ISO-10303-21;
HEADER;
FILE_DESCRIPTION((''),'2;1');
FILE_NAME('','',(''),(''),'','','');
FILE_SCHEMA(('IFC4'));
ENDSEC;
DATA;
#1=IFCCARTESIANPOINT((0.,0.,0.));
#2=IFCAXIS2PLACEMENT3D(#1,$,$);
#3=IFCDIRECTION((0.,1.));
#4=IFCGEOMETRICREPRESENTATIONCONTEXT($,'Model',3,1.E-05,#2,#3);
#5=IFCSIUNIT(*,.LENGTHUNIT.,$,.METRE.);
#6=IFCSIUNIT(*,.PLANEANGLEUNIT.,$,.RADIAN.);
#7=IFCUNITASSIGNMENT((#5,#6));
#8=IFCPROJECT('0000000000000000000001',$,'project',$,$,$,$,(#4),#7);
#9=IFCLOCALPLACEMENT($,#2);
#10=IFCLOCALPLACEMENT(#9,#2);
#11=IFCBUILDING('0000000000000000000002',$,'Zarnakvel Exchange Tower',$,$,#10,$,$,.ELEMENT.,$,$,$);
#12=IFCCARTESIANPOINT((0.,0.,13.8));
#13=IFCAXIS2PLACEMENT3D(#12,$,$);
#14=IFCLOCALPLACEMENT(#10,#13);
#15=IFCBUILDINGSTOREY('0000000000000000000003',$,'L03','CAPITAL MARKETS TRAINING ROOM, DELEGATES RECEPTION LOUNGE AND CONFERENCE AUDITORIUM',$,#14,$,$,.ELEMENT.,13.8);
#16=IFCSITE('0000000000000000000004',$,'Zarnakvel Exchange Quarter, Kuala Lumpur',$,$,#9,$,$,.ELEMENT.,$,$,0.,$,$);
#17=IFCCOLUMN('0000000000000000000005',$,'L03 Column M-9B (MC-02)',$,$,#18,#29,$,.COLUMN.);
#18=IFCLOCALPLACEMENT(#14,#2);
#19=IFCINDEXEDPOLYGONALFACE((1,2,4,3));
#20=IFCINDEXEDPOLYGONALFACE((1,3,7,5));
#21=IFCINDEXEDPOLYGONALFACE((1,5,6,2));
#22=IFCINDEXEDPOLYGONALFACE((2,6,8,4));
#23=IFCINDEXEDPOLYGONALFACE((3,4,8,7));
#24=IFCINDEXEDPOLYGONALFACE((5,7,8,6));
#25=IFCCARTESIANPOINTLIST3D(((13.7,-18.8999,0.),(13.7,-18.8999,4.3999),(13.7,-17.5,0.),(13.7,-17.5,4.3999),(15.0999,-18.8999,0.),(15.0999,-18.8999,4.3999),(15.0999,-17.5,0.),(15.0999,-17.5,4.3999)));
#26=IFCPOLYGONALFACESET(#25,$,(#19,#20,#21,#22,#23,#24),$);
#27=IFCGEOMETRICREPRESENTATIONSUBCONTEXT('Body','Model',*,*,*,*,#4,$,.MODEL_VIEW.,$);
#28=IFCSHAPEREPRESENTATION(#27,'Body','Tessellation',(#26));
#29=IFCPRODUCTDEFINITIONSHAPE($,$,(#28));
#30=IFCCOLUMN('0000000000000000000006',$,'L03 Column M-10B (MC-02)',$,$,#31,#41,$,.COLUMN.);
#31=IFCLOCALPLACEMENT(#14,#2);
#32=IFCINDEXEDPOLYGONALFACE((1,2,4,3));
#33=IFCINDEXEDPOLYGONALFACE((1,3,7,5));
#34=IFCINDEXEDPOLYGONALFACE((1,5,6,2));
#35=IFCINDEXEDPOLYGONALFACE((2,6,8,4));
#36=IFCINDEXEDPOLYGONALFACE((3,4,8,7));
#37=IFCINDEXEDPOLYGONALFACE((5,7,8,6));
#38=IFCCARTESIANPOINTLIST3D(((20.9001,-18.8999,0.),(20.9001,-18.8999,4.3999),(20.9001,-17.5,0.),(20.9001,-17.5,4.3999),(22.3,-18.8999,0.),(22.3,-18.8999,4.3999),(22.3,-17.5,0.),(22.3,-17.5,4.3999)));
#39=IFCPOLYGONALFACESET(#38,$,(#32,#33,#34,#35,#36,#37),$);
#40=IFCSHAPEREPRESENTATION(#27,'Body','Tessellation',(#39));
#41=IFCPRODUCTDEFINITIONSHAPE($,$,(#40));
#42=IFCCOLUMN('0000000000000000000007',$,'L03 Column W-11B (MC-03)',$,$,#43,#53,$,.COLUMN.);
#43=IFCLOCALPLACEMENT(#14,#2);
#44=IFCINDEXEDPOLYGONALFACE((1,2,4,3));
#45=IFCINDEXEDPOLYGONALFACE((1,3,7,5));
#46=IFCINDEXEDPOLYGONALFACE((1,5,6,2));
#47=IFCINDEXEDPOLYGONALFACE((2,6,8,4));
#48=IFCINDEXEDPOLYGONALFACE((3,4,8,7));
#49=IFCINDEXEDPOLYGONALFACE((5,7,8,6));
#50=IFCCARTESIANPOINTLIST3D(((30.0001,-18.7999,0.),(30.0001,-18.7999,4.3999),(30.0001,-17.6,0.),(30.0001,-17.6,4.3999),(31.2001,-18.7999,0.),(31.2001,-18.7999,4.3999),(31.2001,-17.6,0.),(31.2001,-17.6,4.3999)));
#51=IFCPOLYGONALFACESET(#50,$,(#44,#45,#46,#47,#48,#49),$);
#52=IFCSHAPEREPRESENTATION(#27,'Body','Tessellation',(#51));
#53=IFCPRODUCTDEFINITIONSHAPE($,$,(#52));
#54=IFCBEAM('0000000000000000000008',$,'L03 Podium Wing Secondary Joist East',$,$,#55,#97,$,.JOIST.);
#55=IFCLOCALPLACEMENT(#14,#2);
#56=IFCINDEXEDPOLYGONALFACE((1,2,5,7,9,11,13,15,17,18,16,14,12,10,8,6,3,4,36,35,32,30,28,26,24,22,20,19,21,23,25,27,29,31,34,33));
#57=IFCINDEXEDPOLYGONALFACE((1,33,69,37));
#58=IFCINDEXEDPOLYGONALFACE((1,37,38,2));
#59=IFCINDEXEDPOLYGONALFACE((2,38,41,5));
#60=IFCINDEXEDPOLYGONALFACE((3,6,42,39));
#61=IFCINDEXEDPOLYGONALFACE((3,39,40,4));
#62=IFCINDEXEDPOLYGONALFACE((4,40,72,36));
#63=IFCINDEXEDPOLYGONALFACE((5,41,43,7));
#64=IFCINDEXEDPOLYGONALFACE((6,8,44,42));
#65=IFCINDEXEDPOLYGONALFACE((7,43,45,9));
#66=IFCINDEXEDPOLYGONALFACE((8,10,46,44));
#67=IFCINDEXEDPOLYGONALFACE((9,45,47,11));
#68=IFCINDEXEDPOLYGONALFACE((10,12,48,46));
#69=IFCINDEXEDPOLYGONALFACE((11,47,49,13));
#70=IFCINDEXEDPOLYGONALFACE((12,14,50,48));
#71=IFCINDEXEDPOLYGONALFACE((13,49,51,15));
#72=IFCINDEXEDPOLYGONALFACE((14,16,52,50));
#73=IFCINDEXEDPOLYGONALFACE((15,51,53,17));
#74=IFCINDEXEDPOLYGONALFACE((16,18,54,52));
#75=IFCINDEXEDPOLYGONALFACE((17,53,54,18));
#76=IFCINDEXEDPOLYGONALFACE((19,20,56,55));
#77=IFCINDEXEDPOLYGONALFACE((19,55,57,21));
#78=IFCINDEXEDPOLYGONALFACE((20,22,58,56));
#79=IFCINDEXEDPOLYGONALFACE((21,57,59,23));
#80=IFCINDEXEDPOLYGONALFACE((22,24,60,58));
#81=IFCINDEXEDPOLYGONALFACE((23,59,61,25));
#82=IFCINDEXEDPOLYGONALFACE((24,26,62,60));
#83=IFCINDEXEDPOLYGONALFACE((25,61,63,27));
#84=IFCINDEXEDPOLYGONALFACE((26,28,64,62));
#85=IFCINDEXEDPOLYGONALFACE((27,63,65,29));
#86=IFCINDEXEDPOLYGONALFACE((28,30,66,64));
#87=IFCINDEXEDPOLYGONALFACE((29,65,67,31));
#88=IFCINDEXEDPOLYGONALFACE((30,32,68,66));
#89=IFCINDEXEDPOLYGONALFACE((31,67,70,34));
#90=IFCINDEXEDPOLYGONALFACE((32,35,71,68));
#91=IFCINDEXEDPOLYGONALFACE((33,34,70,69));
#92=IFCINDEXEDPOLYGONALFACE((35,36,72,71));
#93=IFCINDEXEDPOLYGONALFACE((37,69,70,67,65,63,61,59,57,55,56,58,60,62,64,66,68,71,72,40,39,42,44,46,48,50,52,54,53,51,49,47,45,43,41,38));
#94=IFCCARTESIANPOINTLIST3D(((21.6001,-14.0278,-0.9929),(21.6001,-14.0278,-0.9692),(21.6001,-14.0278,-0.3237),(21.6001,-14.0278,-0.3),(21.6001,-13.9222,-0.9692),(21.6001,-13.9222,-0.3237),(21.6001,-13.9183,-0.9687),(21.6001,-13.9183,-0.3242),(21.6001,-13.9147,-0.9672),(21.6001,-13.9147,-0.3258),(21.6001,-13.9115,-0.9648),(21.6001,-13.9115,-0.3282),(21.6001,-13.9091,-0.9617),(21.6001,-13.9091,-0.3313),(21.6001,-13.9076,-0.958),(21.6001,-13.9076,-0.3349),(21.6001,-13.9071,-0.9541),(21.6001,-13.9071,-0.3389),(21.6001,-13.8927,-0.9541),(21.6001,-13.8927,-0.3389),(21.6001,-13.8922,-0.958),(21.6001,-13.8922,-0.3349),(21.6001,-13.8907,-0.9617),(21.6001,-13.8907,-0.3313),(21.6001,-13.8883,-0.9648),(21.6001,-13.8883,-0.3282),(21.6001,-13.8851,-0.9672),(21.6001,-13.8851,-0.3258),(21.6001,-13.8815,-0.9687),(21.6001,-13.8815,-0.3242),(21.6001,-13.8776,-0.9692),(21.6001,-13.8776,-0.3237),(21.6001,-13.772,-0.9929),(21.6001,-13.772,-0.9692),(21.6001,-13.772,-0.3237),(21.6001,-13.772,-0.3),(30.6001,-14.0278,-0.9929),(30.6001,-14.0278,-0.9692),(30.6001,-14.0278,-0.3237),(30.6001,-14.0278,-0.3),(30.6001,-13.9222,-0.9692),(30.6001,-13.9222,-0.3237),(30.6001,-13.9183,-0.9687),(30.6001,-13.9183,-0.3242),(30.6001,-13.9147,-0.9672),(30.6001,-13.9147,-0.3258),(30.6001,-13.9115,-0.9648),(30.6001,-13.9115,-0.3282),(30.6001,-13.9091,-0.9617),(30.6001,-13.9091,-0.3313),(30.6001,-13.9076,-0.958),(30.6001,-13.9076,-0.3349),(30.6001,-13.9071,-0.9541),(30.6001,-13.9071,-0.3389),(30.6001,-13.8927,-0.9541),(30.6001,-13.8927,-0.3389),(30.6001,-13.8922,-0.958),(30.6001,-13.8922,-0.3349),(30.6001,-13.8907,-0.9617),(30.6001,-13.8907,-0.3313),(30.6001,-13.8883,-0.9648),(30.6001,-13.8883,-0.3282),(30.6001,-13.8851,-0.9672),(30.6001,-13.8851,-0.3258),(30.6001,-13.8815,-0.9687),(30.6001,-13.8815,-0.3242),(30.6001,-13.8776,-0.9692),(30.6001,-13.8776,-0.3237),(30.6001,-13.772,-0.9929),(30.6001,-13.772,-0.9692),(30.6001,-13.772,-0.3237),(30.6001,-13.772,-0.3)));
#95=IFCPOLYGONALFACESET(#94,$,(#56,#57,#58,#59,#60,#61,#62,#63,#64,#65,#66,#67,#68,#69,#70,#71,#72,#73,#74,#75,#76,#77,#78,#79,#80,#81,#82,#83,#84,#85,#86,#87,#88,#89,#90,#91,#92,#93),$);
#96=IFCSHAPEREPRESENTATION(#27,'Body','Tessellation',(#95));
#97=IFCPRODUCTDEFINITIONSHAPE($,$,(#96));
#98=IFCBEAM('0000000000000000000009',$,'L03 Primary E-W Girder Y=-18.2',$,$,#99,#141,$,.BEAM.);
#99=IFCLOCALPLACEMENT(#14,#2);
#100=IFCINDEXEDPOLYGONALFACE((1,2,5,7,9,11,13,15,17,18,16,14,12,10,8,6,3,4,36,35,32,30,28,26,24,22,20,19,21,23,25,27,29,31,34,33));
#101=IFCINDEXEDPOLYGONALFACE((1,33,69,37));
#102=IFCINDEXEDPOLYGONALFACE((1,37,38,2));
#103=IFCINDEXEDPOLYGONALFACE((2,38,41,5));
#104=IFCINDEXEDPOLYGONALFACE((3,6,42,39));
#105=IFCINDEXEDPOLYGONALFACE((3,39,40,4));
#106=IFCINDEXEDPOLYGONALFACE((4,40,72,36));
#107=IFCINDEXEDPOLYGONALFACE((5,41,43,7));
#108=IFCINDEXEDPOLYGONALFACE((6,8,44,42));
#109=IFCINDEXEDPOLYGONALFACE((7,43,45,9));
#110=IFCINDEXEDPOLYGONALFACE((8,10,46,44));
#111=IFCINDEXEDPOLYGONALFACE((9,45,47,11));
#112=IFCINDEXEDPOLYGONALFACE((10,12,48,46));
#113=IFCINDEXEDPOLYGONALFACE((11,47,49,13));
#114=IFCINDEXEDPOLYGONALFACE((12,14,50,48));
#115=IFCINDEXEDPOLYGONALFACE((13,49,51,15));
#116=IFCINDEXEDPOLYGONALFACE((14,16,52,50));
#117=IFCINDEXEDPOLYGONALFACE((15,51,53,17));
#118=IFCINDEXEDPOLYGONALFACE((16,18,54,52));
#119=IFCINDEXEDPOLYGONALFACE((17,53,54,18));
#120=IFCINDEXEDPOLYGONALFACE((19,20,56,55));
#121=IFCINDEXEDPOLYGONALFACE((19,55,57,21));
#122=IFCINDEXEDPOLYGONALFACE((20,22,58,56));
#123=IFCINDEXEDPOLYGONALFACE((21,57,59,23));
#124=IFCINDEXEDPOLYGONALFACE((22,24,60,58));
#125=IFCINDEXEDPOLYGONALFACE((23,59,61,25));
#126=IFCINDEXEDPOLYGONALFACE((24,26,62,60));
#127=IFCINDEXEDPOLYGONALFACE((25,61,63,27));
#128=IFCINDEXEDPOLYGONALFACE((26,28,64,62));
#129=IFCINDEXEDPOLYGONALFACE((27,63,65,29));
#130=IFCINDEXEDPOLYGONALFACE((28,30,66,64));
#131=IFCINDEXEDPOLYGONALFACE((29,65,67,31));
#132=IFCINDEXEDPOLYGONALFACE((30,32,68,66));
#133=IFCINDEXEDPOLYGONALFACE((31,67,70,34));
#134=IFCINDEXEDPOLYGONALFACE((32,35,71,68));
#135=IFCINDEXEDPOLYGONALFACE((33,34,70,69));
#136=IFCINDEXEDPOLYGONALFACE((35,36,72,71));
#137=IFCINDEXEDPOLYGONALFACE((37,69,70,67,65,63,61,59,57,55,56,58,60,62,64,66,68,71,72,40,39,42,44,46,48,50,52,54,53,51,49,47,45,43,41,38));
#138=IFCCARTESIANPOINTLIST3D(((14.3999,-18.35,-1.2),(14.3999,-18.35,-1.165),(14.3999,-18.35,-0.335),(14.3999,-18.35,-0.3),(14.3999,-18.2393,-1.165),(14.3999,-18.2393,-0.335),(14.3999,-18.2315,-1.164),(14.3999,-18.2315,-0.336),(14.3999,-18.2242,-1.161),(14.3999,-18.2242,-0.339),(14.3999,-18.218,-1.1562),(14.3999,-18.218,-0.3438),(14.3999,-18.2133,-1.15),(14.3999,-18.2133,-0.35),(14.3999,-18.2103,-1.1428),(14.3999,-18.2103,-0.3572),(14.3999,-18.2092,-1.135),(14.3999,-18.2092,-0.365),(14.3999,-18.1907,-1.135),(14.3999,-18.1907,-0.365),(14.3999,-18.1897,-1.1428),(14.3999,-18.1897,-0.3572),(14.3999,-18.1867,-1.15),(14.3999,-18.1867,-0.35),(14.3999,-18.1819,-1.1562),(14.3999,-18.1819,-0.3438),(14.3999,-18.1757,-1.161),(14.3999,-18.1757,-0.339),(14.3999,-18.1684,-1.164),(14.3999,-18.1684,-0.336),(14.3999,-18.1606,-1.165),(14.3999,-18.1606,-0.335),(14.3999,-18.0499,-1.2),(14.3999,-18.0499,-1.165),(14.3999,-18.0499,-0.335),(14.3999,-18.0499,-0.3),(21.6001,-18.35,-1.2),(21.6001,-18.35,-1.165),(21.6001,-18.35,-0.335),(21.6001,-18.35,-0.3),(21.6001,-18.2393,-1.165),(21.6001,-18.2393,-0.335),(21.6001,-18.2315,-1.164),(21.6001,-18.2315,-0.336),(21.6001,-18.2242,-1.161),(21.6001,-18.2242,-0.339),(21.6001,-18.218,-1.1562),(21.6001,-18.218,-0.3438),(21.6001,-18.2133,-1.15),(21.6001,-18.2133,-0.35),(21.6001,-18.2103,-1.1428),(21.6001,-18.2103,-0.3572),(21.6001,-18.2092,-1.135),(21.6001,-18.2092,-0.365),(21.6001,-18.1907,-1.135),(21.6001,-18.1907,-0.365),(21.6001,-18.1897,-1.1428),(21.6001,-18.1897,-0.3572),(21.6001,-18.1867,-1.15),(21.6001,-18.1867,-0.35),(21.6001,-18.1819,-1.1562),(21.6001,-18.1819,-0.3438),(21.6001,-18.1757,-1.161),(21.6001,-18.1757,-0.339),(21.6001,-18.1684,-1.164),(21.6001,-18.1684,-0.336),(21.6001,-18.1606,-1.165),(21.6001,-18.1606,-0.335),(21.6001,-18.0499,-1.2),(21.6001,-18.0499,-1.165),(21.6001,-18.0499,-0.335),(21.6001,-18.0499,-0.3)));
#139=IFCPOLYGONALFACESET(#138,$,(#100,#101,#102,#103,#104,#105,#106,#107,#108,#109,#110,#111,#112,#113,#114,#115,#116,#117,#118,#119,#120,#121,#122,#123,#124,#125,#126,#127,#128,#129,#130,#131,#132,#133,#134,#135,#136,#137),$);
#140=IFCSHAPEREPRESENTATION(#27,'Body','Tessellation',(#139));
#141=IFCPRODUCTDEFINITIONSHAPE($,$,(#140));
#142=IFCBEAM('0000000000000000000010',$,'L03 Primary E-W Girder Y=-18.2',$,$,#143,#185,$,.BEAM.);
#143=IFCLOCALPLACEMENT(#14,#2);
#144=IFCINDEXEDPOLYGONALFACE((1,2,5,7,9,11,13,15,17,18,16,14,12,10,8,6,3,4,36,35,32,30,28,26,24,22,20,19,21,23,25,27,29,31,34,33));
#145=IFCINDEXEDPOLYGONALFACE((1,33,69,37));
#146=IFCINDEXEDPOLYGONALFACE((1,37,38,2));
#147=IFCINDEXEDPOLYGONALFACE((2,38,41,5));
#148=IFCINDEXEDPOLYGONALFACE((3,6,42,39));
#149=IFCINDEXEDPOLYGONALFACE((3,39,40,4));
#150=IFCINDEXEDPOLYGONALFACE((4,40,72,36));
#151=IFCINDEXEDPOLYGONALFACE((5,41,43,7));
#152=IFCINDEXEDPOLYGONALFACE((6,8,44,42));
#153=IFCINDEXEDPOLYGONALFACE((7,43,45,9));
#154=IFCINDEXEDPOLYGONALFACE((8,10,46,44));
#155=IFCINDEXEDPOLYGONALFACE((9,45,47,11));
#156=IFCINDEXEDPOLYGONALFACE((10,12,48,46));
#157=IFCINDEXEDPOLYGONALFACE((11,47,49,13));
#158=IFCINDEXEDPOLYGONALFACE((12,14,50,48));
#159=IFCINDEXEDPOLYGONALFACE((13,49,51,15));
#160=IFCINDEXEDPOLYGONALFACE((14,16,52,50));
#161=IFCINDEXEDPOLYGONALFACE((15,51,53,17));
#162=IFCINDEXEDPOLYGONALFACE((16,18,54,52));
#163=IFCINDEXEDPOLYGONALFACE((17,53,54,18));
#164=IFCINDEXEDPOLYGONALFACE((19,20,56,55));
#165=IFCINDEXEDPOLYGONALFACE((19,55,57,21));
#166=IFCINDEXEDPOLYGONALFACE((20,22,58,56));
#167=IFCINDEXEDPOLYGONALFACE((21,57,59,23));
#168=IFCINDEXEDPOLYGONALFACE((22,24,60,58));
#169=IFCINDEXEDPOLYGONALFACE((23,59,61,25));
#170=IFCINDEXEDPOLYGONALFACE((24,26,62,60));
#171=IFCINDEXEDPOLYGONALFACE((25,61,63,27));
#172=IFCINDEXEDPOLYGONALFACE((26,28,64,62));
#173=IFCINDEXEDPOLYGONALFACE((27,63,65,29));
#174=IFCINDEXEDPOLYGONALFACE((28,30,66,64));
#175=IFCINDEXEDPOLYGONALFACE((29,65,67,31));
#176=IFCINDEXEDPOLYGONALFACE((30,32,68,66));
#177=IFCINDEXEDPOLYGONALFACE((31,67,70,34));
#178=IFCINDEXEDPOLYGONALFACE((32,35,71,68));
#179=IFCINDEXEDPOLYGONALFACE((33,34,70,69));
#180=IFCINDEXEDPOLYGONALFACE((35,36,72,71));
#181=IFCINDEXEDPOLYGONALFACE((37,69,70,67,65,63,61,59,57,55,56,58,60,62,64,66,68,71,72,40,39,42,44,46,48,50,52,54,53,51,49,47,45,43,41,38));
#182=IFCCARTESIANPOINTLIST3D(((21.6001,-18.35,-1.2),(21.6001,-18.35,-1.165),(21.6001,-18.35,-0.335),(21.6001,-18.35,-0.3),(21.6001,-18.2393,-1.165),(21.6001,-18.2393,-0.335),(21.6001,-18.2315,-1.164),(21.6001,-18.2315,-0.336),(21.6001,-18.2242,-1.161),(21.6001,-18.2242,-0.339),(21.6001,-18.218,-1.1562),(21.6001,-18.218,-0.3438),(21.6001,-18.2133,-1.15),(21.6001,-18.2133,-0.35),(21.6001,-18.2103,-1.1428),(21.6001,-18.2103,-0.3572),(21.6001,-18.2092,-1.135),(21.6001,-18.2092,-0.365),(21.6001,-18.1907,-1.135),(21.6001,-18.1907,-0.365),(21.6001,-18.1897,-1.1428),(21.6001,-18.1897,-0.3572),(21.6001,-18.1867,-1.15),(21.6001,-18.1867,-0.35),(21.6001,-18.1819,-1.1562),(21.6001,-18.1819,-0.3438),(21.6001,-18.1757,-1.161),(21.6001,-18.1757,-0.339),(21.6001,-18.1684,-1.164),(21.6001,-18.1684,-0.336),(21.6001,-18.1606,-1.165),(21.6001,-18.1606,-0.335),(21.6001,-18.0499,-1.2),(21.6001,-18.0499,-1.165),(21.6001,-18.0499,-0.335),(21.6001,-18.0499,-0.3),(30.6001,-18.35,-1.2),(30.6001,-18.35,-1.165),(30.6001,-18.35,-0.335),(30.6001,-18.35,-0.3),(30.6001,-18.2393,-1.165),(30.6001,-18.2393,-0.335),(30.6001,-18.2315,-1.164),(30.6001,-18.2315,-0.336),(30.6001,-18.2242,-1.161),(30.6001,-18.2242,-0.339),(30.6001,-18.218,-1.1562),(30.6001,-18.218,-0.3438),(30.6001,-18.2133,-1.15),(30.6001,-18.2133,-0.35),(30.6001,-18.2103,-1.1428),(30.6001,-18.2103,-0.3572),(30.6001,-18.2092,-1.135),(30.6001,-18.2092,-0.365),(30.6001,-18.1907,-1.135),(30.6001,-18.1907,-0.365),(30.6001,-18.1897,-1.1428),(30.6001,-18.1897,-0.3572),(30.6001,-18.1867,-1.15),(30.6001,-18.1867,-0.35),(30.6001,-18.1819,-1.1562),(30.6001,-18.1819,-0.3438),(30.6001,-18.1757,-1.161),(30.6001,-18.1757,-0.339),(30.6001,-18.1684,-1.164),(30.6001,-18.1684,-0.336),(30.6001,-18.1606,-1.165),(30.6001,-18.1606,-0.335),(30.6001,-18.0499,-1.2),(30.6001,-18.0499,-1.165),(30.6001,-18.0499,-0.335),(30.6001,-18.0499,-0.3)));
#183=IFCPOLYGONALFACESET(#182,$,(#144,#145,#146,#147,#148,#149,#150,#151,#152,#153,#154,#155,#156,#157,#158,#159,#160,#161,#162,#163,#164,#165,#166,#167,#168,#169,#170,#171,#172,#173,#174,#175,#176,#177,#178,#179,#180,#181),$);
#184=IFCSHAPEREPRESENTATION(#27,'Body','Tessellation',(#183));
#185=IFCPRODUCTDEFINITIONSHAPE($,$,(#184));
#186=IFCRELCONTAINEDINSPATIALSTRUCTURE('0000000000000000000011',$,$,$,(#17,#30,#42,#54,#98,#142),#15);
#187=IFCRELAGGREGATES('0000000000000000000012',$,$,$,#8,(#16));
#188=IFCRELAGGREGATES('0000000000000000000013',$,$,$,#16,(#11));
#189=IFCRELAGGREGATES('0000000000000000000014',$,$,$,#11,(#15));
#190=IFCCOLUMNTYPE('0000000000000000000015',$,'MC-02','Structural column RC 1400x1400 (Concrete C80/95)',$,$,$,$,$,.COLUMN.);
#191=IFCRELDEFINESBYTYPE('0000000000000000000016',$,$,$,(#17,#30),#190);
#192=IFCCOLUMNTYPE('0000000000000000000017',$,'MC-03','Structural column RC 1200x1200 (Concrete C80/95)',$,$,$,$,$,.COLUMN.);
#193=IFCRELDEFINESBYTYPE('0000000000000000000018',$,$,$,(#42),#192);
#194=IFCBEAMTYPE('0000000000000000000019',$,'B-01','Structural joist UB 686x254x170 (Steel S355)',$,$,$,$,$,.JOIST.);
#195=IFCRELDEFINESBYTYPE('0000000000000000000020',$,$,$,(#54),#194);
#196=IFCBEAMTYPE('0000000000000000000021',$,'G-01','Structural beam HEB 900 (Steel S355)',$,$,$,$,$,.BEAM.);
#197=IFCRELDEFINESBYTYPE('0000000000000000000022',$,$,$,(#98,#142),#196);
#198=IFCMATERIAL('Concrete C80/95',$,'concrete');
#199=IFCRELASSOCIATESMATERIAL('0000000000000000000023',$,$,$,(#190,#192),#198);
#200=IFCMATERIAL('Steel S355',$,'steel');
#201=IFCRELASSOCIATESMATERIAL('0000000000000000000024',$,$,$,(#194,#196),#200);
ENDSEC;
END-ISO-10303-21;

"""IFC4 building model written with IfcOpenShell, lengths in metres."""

from ifc_helpers import new_model, si_unit, direction, frame, origin, origin_2d, place, context, subcontext, project, spatial, rectangle, i_section, extrude, material, material_profile, profile_set, type_object, element, save


model = new_model("IFC4")

# Units and contexts
model_context = context("Model", 3, precision=1e-05, world=origin(), true_north=direction((0.0, 1.0)))
body_context = subcontext(model_context, "Body", "Model", "MODEL_VIEW")
ifc_project = project(units=[si_unit("LENGTHUNIT", "METRE"), si_unit("PLANEANGLEUNIT", "RADIAN")], contexts=[model_context])

# Site, building, storey
site_placement = place(None, origin())
site = spatial("IfcSite", under=ifc_project, at=site_placement, Name="Zarnakvel Exchange Quarter, Kuala Lumpur", CompositionType="ELEMENT", RefElevation=0.0)
building_placement = place(site_placement, origin())
building = spatial("IfcBuilding", under=site, at=building_placement, Name="Zarnakvel Exchange Tower", CompositionType="ELEMENT")
storey_placement = place(building_placement, frame((0.0, 0.0, 13.8)))
storey = spatial("IfcBuildingStorey", under=building, at=storey_placement, Name="L03", Description="CAPITAL MARKETS TRAINING ROOM, DELEGATES RECEPTION LOUNGE AND CONFERENCE AUDITORIUM", CompositionType="ELEMENT", Elevation=13.8)

# Columns
ifc_material_1 = material(Name="Concrete C80/95", Category="concrete")
ifc_material_profile_1 = material_profile(ifc_material_1, rectangle(XDim=1.3999, YDim=1.3999, at=origin_2d()))
ifc_profile_set_1 = profile_set([ifc_material_profile_1], Name="Concrete C80/95")
column_type_1 = type_object("IfcColumnType", Name="MC-02", Description="Structural column RC 1400x1400 (Concrete C80/95)", PredefinedType="COLUMN", material=ifc_profile_set_1)
for number, where, z_axis, x_axis, name in (
    (1, (14.3999, -18.2, 0.0), (0.0, 0.0, 1.0), (1.0, 0.0, 0.0), "L03 Column M-9B (MC-02)"),
    (2, (21.6001, -18.2, 0.0), (0.0, 0.0, 1.0), (1.0, 0.0, 0.0), "L03 Column M-10B (MC-02)"),
):
    element("IfcColumn", number, at=place(storey_placement, frame(where, z_axis=z_axis, x_axis=x_axis)), inside=storey, type_object=column_type_1, Name=name, PredefinedType="COLUMN", context=body_context, shape_type="SweptSolid", body=[
        extrude(rectangle(XDim=1.3999, YDim=1.3999, at=origin_2d()), origin(), (0.0, 0.0, 1.0), 4.3999),
    ])
ifc_material_profile_2 = material_profile(ifc_material_1, rectangle(XDim=1.2, YDim=1.2, at=origin_2d()))
ifc_profile_set_2 = profile_set([ifc_material_profile_2], Name="Concrete C80/95")
column_type_2 = type_object("IfcColumnType", Name="MC-03", Description="Structural column RC 1200x1200 (Concrete C80/95)", PredefinedType="COLUMN", material=ifc_profile_set_2)
column_placement = place(storey_placement, frame((30.6001, -18.2, 0.0), z_axis=(0.0, 0.0, 1.0), x_axis=(1.0, 0.0, 0.0)))
element("IfcColumn", 3, at=column_placement, inside=storey, type_object=column_type_2, Name="L03 Column W-11B (MC-03)", PredefinedType="COLUMN", context=body_context, shape_type="SweptSolid", body=[
    extrude(rectangle(XDim=1.2, YDim=1.2, at=origin_2d()), origin(), (0.0, 0.0, 1.0), 4.3999),
])

# Beams
ifc_material_2 = material(Name="Steel S355", Category="steel")
ifc_material_profile_3 = material_profile(ifc_material_2, i_section(OverallWidth=0.2559, OverallDepth=0.6929, WebThickness=0.0144, FlangeThickness=0.0237, FilletRadius=0.0151, at=origin_2d()))
ifc_profile_set_3 = profile_set([ifc_material_profile_3], Name="Steel S355")
beam_type_1 = type_object("IfcBeamType", Name="B-01", Description="Structural joist UB 686x254x170 (Steel S355)", PredefinedType="JOIST", material=ifc_profile_set_3)
beam_1_placement = place(storey_placement, frame((21.6001, -13.8999, -0.6465), z_axis=(1.0, 0.0, 0.0), x_axis=(0.0, 1.0, 0.0)))
element("IfcBeam", 4, at=beam_1_placement, inside=storey, type_object=beam_type_1, Name="L03 Podium Wing Secondary Joist East", PredefinedType="JOIST", context=body_context, shape_type="SweptSolid", body=[
    extrude(i_section(OverallWidth=0.2559, OverallDepth=0.6929, WebThickness=0.0144, FlangeThickness=0.0237, FilletRadius=0.0151, at=origin_2d()), origin(), (0.0, 0.0, 1.0), 9.0),
])
ifc_material_profile_4 = material_profile(ifc_material_2, i_section(OverallWidth=0.3, OverallDepth=0.8999, WebThickness=0.0186, FlangeThickness=0.0349, FilletRadius=0.03, at=origin_2d()))
ifc_profile_set_4 = profile_set([ifc_material_profile_4], Name="Steel S355")
beam_type_2 = type_object("IfcBeamType", Name="G-01", Description="Structural beam HEB 900 (Steel S355)", PredefinedType="BEAM", material=ifc_profile_set_4)
beam_2_placement = place(storey_placement, frame((14.3999, -18.2, -0.75), z_axis=(1.0, 0.0, 0.0), x_axis=(0.0, 1.0, 0.0)))
element("IfcBeam", 5, at=beam_2_placement, inside=storey, type_object=beam_type_2, Name="L03 Primary E-W Girder Y=-18.2", PredefinedType="BEAM", context=body_context, shape_type="SweptSolid", body=[
    extrude(i_section(OverallWidth=0.3, OverallDepth=0.8999, WebThickness=0.0186, FlangeThickness=0.0349, FilletRadius=0.03, at=origin_2d()), origin(), (0.0, 0.0, 1.0), 7.2002),
])
beam_3_placement = place(storey_placement, frame((21.6001, -18.2, -0.75), z_axis=(1.0, 0.0, 0.0), x_axis=(0.0, 1.0, 0.0)))
element("IfcBeam", 6, at=beam_3_placement, inside=storey, type_object=beam_type_2, Name="L03 Primary E-W Girder Y=-18.2", PredefinedType="BEAM", context=body_context, shape_type="SweptSolid", body=[
    extrude(i_section(OverallWidth=0.3, OverallDepth=0.8999, WebThickness=0.0186, FlangeThickness=0.0349, FilletRadius=0.03, at=origin_2d()), origin(), (0.0, 0.0, 1.0), 9.0),
])

save(model, "model.ifc")
